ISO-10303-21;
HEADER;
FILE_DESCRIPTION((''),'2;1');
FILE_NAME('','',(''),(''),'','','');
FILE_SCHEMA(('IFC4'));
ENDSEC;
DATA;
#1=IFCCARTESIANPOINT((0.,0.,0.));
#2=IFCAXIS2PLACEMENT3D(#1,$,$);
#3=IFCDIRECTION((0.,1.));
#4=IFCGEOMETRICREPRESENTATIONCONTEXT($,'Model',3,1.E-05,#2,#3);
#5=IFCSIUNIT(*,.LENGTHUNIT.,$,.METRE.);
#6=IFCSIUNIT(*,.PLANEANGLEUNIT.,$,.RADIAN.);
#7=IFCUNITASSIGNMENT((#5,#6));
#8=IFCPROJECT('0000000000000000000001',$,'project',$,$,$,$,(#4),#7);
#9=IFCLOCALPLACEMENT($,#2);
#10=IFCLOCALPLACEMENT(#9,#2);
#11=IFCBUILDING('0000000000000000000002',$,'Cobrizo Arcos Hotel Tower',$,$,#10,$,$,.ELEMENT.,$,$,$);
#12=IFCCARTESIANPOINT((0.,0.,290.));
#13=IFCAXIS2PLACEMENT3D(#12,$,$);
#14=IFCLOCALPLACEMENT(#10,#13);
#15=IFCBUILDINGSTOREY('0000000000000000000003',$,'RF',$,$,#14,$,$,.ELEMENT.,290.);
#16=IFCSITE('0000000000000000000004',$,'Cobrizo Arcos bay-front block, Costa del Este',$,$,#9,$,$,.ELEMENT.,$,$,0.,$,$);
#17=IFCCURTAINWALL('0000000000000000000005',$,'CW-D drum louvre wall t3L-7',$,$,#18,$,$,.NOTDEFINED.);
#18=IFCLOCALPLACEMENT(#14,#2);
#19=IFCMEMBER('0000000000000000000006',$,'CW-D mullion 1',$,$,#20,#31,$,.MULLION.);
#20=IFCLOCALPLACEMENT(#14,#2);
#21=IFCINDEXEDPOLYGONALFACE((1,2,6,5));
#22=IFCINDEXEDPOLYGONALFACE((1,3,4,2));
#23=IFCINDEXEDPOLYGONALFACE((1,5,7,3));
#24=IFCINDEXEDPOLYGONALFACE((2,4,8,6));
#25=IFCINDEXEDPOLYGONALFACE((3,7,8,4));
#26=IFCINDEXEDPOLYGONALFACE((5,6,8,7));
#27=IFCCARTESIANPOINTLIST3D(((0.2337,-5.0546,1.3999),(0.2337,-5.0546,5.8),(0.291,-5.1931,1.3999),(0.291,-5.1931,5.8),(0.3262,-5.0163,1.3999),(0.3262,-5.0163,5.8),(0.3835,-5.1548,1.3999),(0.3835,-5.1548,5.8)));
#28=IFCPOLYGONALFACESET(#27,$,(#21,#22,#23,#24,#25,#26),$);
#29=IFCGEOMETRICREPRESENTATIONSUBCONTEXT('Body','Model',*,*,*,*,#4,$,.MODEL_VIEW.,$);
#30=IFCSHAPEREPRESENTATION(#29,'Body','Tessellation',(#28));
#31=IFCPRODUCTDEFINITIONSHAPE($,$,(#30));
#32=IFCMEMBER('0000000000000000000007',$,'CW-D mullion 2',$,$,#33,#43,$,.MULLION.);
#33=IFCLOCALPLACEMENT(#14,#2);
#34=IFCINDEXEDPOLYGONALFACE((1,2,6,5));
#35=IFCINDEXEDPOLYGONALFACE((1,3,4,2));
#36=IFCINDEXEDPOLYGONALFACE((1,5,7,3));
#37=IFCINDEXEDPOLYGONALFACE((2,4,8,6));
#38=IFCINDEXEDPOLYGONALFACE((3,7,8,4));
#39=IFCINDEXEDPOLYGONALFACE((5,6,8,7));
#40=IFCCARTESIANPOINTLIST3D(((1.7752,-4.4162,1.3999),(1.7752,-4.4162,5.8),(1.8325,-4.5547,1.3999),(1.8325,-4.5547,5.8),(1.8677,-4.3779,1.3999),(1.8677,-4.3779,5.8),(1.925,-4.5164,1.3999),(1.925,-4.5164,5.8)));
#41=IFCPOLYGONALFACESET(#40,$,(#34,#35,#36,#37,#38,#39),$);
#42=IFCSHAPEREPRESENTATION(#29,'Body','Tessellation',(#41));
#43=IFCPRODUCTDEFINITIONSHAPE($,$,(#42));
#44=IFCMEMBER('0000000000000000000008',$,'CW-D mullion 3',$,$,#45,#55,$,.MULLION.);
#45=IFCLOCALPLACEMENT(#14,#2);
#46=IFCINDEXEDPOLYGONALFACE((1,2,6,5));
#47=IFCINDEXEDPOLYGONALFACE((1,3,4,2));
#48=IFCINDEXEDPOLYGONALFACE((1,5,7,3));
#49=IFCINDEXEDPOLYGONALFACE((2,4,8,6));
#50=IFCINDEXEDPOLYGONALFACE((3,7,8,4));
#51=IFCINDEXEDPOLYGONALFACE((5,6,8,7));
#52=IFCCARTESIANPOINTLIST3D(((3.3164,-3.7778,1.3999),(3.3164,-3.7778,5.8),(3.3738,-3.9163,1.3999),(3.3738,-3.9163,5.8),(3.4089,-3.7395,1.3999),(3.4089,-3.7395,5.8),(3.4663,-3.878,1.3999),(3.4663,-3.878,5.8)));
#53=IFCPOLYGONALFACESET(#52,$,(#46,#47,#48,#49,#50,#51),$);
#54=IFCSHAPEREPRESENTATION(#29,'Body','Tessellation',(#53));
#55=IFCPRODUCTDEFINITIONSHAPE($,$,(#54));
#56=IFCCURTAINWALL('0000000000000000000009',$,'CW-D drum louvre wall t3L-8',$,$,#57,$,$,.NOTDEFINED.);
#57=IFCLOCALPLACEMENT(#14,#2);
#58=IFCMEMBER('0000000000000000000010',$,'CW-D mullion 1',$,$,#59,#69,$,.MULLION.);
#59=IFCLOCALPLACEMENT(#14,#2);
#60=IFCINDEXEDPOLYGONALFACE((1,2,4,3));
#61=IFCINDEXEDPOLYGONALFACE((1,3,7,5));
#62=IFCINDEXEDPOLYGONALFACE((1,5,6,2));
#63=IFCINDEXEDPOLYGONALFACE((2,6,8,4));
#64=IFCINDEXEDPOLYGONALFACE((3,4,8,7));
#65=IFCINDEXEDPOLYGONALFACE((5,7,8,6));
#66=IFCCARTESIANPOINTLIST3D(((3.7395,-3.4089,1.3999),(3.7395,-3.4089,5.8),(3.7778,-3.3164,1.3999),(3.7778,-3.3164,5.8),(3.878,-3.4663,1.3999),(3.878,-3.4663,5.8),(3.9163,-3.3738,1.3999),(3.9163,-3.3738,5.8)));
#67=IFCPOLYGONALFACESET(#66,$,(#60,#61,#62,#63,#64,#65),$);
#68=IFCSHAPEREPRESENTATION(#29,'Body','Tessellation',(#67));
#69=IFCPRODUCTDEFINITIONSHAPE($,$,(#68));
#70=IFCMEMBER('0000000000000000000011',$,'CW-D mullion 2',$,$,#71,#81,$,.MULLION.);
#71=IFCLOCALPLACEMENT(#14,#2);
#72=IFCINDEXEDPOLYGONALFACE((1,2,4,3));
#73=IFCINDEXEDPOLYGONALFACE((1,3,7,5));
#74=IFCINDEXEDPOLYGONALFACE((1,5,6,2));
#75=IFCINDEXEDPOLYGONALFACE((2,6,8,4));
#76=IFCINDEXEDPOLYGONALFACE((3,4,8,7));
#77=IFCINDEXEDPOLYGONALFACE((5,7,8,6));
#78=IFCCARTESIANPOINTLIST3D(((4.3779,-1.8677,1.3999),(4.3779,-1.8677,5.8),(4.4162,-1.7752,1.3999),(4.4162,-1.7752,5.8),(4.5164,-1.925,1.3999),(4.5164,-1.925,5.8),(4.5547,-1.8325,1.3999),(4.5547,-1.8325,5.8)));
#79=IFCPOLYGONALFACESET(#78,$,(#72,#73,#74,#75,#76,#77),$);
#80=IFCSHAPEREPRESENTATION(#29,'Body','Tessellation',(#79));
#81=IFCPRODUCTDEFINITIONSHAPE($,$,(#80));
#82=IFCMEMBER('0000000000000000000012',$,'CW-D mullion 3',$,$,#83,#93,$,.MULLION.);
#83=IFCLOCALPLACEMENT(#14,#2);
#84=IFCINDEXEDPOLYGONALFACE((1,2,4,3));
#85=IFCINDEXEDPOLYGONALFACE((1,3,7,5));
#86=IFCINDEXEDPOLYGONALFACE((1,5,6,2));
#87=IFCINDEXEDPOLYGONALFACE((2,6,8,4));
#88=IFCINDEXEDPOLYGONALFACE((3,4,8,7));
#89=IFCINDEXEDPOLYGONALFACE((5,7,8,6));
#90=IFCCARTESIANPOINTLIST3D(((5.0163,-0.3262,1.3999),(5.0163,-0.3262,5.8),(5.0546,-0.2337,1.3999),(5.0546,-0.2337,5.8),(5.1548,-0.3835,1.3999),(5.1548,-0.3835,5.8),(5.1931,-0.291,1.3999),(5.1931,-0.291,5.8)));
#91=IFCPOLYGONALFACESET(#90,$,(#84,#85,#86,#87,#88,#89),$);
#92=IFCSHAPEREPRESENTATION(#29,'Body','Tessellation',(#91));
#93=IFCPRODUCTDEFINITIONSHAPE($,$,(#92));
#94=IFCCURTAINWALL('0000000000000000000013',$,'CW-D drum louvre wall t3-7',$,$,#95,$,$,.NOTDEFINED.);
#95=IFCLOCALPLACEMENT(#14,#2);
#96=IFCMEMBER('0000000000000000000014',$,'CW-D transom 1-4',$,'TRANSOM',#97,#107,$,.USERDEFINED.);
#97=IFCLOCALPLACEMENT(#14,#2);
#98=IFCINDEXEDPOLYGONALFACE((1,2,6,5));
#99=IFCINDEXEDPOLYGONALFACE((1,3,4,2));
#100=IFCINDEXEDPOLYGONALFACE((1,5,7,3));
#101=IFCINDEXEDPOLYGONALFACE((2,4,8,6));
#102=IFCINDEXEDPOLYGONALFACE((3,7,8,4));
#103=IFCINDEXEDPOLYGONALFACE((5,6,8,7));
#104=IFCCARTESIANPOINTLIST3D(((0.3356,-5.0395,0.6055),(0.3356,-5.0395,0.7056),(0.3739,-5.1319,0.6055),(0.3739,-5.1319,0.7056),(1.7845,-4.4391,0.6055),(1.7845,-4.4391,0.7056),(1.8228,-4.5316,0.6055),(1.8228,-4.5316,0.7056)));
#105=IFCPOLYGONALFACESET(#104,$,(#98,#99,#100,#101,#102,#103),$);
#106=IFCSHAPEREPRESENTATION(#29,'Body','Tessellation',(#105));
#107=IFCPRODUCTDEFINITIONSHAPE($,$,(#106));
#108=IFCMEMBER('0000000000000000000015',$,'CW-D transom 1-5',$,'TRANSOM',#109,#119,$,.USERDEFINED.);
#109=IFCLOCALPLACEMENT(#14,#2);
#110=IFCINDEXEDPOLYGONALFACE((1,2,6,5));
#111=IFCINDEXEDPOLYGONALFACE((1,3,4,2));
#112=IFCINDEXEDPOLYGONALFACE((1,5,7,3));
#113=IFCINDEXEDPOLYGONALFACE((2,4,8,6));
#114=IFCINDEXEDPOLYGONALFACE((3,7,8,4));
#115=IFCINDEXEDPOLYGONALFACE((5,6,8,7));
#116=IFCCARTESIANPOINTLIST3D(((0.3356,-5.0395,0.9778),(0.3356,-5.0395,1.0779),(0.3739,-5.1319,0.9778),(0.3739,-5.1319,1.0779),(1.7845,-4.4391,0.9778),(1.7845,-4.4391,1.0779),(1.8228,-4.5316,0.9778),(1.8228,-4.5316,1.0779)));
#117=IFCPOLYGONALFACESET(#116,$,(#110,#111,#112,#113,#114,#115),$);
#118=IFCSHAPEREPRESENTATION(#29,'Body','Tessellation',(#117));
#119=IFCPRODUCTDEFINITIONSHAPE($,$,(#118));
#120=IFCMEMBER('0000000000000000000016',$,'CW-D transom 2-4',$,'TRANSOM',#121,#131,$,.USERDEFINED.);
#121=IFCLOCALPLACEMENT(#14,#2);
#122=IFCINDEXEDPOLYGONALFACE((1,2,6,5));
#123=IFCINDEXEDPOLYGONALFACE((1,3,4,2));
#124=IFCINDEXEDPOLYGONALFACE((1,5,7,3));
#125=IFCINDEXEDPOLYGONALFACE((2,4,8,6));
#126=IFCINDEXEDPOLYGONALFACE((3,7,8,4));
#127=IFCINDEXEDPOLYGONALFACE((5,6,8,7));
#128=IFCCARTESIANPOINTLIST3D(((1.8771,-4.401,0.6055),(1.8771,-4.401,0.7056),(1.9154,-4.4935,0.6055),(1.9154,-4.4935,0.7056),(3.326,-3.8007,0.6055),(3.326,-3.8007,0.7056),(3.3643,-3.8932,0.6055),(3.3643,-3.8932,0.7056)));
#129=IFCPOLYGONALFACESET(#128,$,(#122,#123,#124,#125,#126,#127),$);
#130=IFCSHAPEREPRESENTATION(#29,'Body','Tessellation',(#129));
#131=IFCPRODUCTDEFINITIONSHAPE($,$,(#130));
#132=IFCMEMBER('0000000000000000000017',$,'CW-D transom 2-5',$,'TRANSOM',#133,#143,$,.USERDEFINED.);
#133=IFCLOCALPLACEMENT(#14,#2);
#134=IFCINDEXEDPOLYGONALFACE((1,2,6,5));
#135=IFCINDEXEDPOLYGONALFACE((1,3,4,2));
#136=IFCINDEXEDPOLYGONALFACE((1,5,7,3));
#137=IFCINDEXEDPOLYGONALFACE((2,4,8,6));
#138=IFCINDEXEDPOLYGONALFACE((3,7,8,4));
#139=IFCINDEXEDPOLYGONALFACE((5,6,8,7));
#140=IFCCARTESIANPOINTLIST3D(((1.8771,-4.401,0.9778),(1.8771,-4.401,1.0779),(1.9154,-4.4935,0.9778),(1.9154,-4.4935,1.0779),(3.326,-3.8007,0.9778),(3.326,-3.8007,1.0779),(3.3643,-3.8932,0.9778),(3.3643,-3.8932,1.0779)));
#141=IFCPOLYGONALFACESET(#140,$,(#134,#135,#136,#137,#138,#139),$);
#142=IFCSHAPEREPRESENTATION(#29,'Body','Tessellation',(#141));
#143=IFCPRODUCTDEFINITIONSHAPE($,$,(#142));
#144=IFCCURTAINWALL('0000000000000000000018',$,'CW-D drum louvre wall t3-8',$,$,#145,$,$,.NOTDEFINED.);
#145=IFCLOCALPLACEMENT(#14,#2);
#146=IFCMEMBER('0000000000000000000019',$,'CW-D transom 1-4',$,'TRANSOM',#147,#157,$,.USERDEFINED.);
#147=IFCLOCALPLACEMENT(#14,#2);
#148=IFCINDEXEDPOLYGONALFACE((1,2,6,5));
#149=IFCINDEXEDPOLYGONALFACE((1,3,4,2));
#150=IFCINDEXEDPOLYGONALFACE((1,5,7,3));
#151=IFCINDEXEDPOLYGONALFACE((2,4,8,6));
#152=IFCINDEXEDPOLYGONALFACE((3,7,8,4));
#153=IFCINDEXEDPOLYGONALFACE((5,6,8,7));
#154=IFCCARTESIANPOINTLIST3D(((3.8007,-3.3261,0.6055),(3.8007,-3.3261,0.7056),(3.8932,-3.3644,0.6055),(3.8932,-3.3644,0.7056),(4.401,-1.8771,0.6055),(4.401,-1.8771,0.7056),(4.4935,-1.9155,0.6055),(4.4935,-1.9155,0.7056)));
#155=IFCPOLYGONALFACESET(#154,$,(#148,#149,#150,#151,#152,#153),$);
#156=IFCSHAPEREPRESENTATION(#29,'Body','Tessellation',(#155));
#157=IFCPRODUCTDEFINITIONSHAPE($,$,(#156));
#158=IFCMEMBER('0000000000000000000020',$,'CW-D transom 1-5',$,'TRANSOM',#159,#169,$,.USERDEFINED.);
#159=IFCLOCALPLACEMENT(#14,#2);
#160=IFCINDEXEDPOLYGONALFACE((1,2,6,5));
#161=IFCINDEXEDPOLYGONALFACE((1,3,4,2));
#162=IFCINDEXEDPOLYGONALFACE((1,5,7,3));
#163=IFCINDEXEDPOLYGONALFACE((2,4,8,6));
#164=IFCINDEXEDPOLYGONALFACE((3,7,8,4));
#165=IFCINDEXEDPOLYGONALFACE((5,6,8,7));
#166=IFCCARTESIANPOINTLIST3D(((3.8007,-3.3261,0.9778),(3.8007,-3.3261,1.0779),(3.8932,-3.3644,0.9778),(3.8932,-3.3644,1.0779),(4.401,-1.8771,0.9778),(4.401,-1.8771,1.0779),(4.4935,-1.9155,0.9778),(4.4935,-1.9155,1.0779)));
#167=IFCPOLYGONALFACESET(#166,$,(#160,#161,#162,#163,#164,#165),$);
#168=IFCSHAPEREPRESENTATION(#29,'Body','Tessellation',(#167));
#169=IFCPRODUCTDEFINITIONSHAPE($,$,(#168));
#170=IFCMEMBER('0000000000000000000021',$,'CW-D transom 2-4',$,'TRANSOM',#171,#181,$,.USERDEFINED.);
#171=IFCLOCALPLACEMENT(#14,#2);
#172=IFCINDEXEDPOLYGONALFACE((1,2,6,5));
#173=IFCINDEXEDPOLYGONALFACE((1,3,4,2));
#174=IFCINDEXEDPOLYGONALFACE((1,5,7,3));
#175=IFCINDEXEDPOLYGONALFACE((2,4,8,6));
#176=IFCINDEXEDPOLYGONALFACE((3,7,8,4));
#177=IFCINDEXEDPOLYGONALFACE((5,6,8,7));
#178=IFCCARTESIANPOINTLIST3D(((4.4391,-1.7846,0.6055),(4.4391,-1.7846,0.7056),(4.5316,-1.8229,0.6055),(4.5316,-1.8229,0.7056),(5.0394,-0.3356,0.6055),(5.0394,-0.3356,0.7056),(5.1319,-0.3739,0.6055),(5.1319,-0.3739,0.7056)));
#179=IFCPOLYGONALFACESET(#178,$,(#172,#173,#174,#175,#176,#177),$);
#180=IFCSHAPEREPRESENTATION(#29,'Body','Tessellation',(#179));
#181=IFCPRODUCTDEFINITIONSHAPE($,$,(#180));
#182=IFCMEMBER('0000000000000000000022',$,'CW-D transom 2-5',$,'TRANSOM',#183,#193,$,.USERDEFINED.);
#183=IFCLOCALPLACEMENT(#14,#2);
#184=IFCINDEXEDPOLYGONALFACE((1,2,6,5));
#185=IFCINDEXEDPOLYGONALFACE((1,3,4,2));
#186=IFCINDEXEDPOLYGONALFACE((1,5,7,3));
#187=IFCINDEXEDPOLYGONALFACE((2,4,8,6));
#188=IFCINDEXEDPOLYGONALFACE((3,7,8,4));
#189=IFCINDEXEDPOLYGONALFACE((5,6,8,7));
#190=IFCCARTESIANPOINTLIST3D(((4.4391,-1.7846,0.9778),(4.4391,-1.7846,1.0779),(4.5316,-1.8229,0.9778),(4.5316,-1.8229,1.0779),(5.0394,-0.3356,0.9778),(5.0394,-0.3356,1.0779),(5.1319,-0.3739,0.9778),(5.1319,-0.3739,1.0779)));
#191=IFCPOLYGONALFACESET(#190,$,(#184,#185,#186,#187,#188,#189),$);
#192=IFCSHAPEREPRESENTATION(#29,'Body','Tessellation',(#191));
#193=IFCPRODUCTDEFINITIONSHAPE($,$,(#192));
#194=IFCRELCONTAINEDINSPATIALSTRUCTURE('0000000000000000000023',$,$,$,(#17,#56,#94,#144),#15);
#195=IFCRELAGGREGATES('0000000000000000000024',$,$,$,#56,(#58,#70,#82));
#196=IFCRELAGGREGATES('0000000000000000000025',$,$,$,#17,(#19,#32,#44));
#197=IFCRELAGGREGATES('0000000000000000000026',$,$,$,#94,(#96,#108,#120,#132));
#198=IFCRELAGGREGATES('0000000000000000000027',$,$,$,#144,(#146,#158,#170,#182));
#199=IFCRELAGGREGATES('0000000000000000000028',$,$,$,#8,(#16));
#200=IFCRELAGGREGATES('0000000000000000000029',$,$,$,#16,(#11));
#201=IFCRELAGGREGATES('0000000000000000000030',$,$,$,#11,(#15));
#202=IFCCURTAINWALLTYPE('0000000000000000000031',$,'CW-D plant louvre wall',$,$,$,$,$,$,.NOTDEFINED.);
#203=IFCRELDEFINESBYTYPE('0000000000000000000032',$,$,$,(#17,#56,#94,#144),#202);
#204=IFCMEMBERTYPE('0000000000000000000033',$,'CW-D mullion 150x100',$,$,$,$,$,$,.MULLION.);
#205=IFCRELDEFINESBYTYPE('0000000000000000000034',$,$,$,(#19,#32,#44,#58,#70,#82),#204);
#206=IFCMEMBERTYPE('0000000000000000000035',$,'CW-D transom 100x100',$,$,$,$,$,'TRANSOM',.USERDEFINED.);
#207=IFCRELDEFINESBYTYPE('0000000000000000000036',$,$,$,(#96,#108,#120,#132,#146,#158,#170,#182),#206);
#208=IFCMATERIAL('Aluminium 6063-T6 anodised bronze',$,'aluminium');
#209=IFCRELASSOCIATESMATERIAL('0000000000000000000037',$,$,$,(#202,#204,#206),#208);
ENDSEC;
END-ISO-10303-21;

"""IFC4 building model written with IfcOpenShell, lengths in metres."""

from ifc_helpers import new_model, si_unit, direction, frame, origin, origin_2d, place, context, subcontext, project, spatial, rectangle, extrude, material, material_profile, profile_set, type_object, element, aggregate, save


model = new_model("IFC4")

# Units and contexts
model_context = context("Model", 3, precision=1e-05, world=origin(), true_north=direction((0.0, 1.0)))
body_context = subcontext(model_context, "Body", "Model", "MODEL_VIEW")
ifc_project = project(units=[si_unit("LENGTHUNIT", "METRE"), si_unit("PLANEANGLEUNIT", "RADIAN")], contexts=[model_context])

# Site, building, storey
site_placement = place(None, origin())
site = spatial("IfcSite", under=ifc_project, at=site_placement, Name="Cobrizo Arcos bay-front block, Costa del Este", CompositionType="ELEMENT", RefElevation=0.0)
building_placement = place(site_placement, origin())
building = spatial("IfcBuilding", under=site, at=building_placement, Name="Cobrizo Arcos Hotel Tower", CompositionType="ELEMENT")
storey_placement = place(building_placement, frame((0.0, 0.0, 290.0)))
storey = spatial("IfcBuildingStorey", under=building, at=storey_placement, Name="RF", CompositionType="ELEMENT", Elevation=290.0)

# Curtain walls, members
ifc_material_1 = material(Name="Aluminium 6063-T6 anodised bronze", Category="aluminium")
curtain_wall_type = type_object("IfcCurtainWallType", Name="CW-D plant louvre wall", PredefinedType="NOTDEFINED", material=ifc_material_1)
curtain_wall_1_placement = place(storey_placement, origin())
curtain_wall_1 = element("IfcCurtainWall", 1, at=curtain_wall_1_placement, inside=storey, type_object=curtain_wall_type, Name="CW-D drum louvre wall t3L-7", PredefinedType="NOTDEFINED")
ifc_material_profile_1 = material_profile(ifc_material_1, rectangle(XDim=0.1499, YDim=0.1001, at=origin_2d()), Name="CW-D mullion 150x100")
ifc_profile_set_1 = profile_set([ifc_material_profile_1], Name="Aluminium 6063-T6 anodised bronze")
member_type_1 = type_object("IfcMemberType", Name="CW-D mullion 150x100", PredefinedType="MULLION", material=ifc_profile_set_1)
member_1_placement = place(storey_placement, frame((0.3086, -5.1047, 1.3999), z_axis=(0.0, 0.0, 1.0), x_axis=(0.382683, -0.92388, 0.0)))
member_1 = element("IfcMember", 2, at=member_1_placement, type_object=member_type_1, Name="CW-D mullion 1", PredefinedType="MULLION", context=body_context, shape_type="SweptSolid", body=[
    extrude(rectangle(XDim=0.1499, YDim=0.1001, at=origin_2d()), origin(), (0.0, 0.0, 1.0), 4.4001),
])
member_2_placement = place(storey_placement, frame((1.8501, -4.4663, 1.3999), z_axis=(0.0, 0.0, 1.0), x_axis=(0.382683, -0.92388, 0.0)))
member_2 = element("IfcMember", 3, at=member_2_placement, type_object=member_type_1, Name="CW-D mullion 2", PredefinedType="MULLION", context=body_context, shape_type="SweptSolid", body=[
    extrude(rectangle(XDim=0.1499, YDim=0.1001, at=origin_2d()), origin(), (0.0, 0.0, 1.0), 4.4001),
])
member_3_placement = place(storey_placement, frame((3.3914, -3.8279, 1.3999), z_axis=(0.0, 0.0, 1.0), x_axis=(0.382683, -0.92388, 0.0)))
member_3 = element("IfcMember", 4, at=member_3_placement, type_object=member_type_1, Name="CW-D mullion 3", PredefinedType="MULLION", context=body_context, shape_type="SweptSolid", body=[
    extrude(rectangle(XDim=0.1499, YDim=0.1001, at=origin_2d()), origin(), (0.0, 0.0, 1.0), 4.4001),
])
curtain_wall_2_placement = place(storey_placement, origin())
curtain_wall_2 = element("IfcCurtainWall", 5, at=curtain_wall_2_placement, inside=storey, type_object=curtain_wall_type, Name="CW-D drum louvre wall t3L-8", PredefinedType="NOTDEFINED")
member_4_placement = place(storey_placement, frame((3.8279, -3.3914, 1.3999), z_axis=(0.0, 0.0, 1.0), x_axis=(0.92388, -0.382683, 0.0)))
member_4 = element("IfcMember", 6, at=member_4_placement, type_object=member_type_1, Name="CW-D mullion 1", PredefinedType="MULLION", context=body_context, shape_type="SweptSolid", body=[
    extrude(rectangle(XDim=0.1499, YDim=0.1001, at=origin_2d()), origin(), (0.0, 0.0, 1.0), 4.4001),
])
member_5_placement = place(storey_placement, frame((4.4663, -1.8501, 1.3999), z_axis=(0.0, 0.0, 1.0), x_axis=(0.92388, -0.382683, 0.0)))
member_5 = element("IfcMember", 7, at=member_5_placement, type_object=member_type_1, Name="CW-D mullion 2", PredefinedType="MULLION", context=body_context, shape_type="SweptSolid", body=[
    extrude(rectangle(XDim=0.1499, YDim=0.1001, at=origin_2d()), origin(), (0.0, 0.0, 1.0), 4.4001),
])
member_6_placement = place(storey_placement, frame((5.1047, -0.3086, 1.3999), z_axis=(0.0, 0.0, 1.0), x_axis=(0.92388, -0.382683, 0.0)))
member_6 = element("IfcMember", 8, at=member_6_placement, type_object=member_type_1, Name="CW-D mullion 3", PredefinedType="MULLION", context=body_context, shape_type="SweptSolid", body=[
    extrude(rectangle(XDim=0.1499, YDim=0.1001, at=origin_2d()), origin(), (0.0, 0.0, 1.0), 4.4001),
])
aggregate(curtain_wall_2, [member_4, member_5, member_6])
curtain_wall_3_placement = place(storey_placement, origin())
curtain_wall_3 = element("IfcCurtainWall", 9, at=curtain_wall_3_placement, inside=storey, type_object=curtain_wall_type, Name="CW-D drum louvre wall t3-7", PredefinedType="NOTDEFINED")
ifc_material_profile_2 = material_profile(ifc_material_1, rectangle(XDim=0.1001, YDim=0.1001, at=origin_2d()), Name="CW-D transom 100x100")
ifc_profile_set_2 = profile_set([ifc_material_profile_2], Name="Aluminium 6063-T6 anodised bronze")
member_type_2 = type_object("IfcMemberType", Name="CW-D transom 100x100", ElementType="TRANSOM", PredefinedType="USERDEFINED", material=ifc_profile_set_2)
member_7_placement = place(storey_placement, frame((0.3547, -5.0857, 0.6555), z_axis=(0.923844, 0.382769, 0.0), x_axis=(-0.382769, 0.923844, 0.0)))
member_7 = element("IfcMember", 10, at=member_7_placement, type_object=member_type_2, Name="CW-D transom 1-4", ObjectType="TRANSOM", PredefinedType="USERDEFINED", context=body_context, shape_type="SweptSolid", body=[
    extrude(rectangle(XDim=0.1001, YDim=0.1001, at=origin_2d()), origin(), (0.0, 0.0, 1.0), 1.5684),
])
member_8_placement = place(storey_placement, frame((0.3547, -5.0857, 1.0278), z_axis=(0.923844, 0.382769, 0.0), x_axis=(-0.382769, 0.923844, 0.0)))
member_8 = element("IfcMember", 11, at=member_8_placement, type_object=member_type_2, Name="CW-D transom 1-5", ObjectType="TRANSOM", PredefinedType="USERDEFINED", context=body_context, shape_type="SweptSolid", body=[
    extrude(rectangle(XDim=0.1001, YDim=0.1001, at=origin_2d()), origin(), (0.0, 0.0, 1.0), 1.5684),
])
member_9_placement = place(storey_placement, frame((1.8962, -4.4473, 0.6555), z_axis=(0.923844, 0.382769, 0.0), x_axis=(-0.382769, 0.923844, 0.0)))
member_9 = element("IfcMember", 12, at=member_9_placement, type_object=member_type_2, Name="CW-D transom 2-4", ObjectType="TRANSOM", PredefinedType="USERDEFINED", context=body_context, shape_type="SweptSolid", body=[
    extrude(rectangle(XDim=0.1001, YDim=0.1001, at=origin_2d()), origin(), (0.0, 0.0, 1.0), 1.5684),
])
member_10_placement = place(storey_placement, frame((1.8962, -4.4473, 1.0278), z_axis=(0.923844, 0.382769, 0.0), x_axis=(-0.382769, 0.923844, 0.0)))
member_10 = element("IfcMember", 13, at=member_10_placement, type_object=member_type_2, Name="CW-D transom 2-5", ObjectType="TRANSOM", PredefinedType="USERDEFINED", context=body_context, shape_type="SweptSolid", body=[
    extrude(rectangle(XDim=0.1001, YDim=0.1001, at=origin_2d()), origin(), (0.0, 0.0, 1.0), 1.5684),
])
curtain_wall_4_placement = place(storey_placement, origin())
curtain_wall_4 = element("IfcCurtainWall", 14, at=curtain_wall_4_placement, inside=storey, type_object=curtain_wall_type, Name="CW-D drum louvre wall t3-8", PredefinedType="NOTDEFINED")
member_11_placement = place(storey_placement, frame((3.8469, -3.3452, 0.6555), z_axis=(0.382769, 0.923844, 0.0), x_axis=(-0.923844, 0.382769, 0.0)))
member_11 = element("IfcMember", 15, at=member_11_placement, type_object=member_type_2, Name="CW-D transom 1-4", ObjectType="TRANSOM", PredefinedType="USERDEFINED", context=body_context, shape_type="SweptSolid", body=[
    extrude(rectangle(XDim=0.1001, YDim=0.1001, at=origin_2d()), origin(), (0.0, 0.0, 1.0), 1.5684),
])
member_12_placement = place(storey_placement, frame((3.8469, -3.3452, 1.0278), z_axis=(0.382769, 0.923844, 0.0), x_axis=(-0.923844, 0.382769, 0.0)))
member_12 = element("IfcMember", 16, at=member_12_placement, type_object=member_type_2, Name="CW-D transom 1-5", ObjectType="TRANSOM", PredefinedType="USERDEFINED", context=body_context, shape_type="SweptSolid", body=[
    extrude(rectangle(XDim=0.1001, YDim=0.1001, at=origin_2d()), origin(), (0.0, 0.0, 1.0), 1.5684),
])
member_13_placement = place(storey_placement, frame((4.4854, -1.8037, 0.6555), z_axis=(0.382769, 0.923844, 0.0), x_axis=(-0.923844, 0.382769, 0.0)))
member_13 = element("IfcMember", 17, at=member_13_placement, type_object=member_type_2, Name="CW-D transom 2-4", ObjectType="TRANSOM", PredefinedType="USERDEFINED", context=body_context, shape_type="SweptSolid", body=[
    extrude(rectangle(XDim=0.1001, YDim=0.1001, at=origin_2d()), origin(), (0.0, 0.0, 1.0), 1.5684),
])
member_14_placement = place(storey_placement, frame((4.4854, -1.8037, 1.0278), z_axis=(0.382769, 0.923844, 0.0), x_axis=(-0.923844, 0.382769, 0.0)))
member_14 = element("IfcMember", 18, at=member_14_placement, type_object=member_type_2, Name="CW-D transom 2-5", ObjectType="TRANSOM", PredefinedType="USERDEFINED", context=body_context, shape_type="SweptSolid", body=[
    extrude(rectangle(XDim=0.1001, YDim=0.1001, at=origin_2d()), origin(), (0.0, 0.0, 1.0), 1.5684),
])

aggregate(curtain_wall_1, [member_1, member_2, member_3])
aggregate(curtain_wall_3, [member_7, member_8, member_9, member_10])
aggregate(curtain_wall_4, [member_11, member_12, member_13, member_14])

save(model, "model.ifc")
